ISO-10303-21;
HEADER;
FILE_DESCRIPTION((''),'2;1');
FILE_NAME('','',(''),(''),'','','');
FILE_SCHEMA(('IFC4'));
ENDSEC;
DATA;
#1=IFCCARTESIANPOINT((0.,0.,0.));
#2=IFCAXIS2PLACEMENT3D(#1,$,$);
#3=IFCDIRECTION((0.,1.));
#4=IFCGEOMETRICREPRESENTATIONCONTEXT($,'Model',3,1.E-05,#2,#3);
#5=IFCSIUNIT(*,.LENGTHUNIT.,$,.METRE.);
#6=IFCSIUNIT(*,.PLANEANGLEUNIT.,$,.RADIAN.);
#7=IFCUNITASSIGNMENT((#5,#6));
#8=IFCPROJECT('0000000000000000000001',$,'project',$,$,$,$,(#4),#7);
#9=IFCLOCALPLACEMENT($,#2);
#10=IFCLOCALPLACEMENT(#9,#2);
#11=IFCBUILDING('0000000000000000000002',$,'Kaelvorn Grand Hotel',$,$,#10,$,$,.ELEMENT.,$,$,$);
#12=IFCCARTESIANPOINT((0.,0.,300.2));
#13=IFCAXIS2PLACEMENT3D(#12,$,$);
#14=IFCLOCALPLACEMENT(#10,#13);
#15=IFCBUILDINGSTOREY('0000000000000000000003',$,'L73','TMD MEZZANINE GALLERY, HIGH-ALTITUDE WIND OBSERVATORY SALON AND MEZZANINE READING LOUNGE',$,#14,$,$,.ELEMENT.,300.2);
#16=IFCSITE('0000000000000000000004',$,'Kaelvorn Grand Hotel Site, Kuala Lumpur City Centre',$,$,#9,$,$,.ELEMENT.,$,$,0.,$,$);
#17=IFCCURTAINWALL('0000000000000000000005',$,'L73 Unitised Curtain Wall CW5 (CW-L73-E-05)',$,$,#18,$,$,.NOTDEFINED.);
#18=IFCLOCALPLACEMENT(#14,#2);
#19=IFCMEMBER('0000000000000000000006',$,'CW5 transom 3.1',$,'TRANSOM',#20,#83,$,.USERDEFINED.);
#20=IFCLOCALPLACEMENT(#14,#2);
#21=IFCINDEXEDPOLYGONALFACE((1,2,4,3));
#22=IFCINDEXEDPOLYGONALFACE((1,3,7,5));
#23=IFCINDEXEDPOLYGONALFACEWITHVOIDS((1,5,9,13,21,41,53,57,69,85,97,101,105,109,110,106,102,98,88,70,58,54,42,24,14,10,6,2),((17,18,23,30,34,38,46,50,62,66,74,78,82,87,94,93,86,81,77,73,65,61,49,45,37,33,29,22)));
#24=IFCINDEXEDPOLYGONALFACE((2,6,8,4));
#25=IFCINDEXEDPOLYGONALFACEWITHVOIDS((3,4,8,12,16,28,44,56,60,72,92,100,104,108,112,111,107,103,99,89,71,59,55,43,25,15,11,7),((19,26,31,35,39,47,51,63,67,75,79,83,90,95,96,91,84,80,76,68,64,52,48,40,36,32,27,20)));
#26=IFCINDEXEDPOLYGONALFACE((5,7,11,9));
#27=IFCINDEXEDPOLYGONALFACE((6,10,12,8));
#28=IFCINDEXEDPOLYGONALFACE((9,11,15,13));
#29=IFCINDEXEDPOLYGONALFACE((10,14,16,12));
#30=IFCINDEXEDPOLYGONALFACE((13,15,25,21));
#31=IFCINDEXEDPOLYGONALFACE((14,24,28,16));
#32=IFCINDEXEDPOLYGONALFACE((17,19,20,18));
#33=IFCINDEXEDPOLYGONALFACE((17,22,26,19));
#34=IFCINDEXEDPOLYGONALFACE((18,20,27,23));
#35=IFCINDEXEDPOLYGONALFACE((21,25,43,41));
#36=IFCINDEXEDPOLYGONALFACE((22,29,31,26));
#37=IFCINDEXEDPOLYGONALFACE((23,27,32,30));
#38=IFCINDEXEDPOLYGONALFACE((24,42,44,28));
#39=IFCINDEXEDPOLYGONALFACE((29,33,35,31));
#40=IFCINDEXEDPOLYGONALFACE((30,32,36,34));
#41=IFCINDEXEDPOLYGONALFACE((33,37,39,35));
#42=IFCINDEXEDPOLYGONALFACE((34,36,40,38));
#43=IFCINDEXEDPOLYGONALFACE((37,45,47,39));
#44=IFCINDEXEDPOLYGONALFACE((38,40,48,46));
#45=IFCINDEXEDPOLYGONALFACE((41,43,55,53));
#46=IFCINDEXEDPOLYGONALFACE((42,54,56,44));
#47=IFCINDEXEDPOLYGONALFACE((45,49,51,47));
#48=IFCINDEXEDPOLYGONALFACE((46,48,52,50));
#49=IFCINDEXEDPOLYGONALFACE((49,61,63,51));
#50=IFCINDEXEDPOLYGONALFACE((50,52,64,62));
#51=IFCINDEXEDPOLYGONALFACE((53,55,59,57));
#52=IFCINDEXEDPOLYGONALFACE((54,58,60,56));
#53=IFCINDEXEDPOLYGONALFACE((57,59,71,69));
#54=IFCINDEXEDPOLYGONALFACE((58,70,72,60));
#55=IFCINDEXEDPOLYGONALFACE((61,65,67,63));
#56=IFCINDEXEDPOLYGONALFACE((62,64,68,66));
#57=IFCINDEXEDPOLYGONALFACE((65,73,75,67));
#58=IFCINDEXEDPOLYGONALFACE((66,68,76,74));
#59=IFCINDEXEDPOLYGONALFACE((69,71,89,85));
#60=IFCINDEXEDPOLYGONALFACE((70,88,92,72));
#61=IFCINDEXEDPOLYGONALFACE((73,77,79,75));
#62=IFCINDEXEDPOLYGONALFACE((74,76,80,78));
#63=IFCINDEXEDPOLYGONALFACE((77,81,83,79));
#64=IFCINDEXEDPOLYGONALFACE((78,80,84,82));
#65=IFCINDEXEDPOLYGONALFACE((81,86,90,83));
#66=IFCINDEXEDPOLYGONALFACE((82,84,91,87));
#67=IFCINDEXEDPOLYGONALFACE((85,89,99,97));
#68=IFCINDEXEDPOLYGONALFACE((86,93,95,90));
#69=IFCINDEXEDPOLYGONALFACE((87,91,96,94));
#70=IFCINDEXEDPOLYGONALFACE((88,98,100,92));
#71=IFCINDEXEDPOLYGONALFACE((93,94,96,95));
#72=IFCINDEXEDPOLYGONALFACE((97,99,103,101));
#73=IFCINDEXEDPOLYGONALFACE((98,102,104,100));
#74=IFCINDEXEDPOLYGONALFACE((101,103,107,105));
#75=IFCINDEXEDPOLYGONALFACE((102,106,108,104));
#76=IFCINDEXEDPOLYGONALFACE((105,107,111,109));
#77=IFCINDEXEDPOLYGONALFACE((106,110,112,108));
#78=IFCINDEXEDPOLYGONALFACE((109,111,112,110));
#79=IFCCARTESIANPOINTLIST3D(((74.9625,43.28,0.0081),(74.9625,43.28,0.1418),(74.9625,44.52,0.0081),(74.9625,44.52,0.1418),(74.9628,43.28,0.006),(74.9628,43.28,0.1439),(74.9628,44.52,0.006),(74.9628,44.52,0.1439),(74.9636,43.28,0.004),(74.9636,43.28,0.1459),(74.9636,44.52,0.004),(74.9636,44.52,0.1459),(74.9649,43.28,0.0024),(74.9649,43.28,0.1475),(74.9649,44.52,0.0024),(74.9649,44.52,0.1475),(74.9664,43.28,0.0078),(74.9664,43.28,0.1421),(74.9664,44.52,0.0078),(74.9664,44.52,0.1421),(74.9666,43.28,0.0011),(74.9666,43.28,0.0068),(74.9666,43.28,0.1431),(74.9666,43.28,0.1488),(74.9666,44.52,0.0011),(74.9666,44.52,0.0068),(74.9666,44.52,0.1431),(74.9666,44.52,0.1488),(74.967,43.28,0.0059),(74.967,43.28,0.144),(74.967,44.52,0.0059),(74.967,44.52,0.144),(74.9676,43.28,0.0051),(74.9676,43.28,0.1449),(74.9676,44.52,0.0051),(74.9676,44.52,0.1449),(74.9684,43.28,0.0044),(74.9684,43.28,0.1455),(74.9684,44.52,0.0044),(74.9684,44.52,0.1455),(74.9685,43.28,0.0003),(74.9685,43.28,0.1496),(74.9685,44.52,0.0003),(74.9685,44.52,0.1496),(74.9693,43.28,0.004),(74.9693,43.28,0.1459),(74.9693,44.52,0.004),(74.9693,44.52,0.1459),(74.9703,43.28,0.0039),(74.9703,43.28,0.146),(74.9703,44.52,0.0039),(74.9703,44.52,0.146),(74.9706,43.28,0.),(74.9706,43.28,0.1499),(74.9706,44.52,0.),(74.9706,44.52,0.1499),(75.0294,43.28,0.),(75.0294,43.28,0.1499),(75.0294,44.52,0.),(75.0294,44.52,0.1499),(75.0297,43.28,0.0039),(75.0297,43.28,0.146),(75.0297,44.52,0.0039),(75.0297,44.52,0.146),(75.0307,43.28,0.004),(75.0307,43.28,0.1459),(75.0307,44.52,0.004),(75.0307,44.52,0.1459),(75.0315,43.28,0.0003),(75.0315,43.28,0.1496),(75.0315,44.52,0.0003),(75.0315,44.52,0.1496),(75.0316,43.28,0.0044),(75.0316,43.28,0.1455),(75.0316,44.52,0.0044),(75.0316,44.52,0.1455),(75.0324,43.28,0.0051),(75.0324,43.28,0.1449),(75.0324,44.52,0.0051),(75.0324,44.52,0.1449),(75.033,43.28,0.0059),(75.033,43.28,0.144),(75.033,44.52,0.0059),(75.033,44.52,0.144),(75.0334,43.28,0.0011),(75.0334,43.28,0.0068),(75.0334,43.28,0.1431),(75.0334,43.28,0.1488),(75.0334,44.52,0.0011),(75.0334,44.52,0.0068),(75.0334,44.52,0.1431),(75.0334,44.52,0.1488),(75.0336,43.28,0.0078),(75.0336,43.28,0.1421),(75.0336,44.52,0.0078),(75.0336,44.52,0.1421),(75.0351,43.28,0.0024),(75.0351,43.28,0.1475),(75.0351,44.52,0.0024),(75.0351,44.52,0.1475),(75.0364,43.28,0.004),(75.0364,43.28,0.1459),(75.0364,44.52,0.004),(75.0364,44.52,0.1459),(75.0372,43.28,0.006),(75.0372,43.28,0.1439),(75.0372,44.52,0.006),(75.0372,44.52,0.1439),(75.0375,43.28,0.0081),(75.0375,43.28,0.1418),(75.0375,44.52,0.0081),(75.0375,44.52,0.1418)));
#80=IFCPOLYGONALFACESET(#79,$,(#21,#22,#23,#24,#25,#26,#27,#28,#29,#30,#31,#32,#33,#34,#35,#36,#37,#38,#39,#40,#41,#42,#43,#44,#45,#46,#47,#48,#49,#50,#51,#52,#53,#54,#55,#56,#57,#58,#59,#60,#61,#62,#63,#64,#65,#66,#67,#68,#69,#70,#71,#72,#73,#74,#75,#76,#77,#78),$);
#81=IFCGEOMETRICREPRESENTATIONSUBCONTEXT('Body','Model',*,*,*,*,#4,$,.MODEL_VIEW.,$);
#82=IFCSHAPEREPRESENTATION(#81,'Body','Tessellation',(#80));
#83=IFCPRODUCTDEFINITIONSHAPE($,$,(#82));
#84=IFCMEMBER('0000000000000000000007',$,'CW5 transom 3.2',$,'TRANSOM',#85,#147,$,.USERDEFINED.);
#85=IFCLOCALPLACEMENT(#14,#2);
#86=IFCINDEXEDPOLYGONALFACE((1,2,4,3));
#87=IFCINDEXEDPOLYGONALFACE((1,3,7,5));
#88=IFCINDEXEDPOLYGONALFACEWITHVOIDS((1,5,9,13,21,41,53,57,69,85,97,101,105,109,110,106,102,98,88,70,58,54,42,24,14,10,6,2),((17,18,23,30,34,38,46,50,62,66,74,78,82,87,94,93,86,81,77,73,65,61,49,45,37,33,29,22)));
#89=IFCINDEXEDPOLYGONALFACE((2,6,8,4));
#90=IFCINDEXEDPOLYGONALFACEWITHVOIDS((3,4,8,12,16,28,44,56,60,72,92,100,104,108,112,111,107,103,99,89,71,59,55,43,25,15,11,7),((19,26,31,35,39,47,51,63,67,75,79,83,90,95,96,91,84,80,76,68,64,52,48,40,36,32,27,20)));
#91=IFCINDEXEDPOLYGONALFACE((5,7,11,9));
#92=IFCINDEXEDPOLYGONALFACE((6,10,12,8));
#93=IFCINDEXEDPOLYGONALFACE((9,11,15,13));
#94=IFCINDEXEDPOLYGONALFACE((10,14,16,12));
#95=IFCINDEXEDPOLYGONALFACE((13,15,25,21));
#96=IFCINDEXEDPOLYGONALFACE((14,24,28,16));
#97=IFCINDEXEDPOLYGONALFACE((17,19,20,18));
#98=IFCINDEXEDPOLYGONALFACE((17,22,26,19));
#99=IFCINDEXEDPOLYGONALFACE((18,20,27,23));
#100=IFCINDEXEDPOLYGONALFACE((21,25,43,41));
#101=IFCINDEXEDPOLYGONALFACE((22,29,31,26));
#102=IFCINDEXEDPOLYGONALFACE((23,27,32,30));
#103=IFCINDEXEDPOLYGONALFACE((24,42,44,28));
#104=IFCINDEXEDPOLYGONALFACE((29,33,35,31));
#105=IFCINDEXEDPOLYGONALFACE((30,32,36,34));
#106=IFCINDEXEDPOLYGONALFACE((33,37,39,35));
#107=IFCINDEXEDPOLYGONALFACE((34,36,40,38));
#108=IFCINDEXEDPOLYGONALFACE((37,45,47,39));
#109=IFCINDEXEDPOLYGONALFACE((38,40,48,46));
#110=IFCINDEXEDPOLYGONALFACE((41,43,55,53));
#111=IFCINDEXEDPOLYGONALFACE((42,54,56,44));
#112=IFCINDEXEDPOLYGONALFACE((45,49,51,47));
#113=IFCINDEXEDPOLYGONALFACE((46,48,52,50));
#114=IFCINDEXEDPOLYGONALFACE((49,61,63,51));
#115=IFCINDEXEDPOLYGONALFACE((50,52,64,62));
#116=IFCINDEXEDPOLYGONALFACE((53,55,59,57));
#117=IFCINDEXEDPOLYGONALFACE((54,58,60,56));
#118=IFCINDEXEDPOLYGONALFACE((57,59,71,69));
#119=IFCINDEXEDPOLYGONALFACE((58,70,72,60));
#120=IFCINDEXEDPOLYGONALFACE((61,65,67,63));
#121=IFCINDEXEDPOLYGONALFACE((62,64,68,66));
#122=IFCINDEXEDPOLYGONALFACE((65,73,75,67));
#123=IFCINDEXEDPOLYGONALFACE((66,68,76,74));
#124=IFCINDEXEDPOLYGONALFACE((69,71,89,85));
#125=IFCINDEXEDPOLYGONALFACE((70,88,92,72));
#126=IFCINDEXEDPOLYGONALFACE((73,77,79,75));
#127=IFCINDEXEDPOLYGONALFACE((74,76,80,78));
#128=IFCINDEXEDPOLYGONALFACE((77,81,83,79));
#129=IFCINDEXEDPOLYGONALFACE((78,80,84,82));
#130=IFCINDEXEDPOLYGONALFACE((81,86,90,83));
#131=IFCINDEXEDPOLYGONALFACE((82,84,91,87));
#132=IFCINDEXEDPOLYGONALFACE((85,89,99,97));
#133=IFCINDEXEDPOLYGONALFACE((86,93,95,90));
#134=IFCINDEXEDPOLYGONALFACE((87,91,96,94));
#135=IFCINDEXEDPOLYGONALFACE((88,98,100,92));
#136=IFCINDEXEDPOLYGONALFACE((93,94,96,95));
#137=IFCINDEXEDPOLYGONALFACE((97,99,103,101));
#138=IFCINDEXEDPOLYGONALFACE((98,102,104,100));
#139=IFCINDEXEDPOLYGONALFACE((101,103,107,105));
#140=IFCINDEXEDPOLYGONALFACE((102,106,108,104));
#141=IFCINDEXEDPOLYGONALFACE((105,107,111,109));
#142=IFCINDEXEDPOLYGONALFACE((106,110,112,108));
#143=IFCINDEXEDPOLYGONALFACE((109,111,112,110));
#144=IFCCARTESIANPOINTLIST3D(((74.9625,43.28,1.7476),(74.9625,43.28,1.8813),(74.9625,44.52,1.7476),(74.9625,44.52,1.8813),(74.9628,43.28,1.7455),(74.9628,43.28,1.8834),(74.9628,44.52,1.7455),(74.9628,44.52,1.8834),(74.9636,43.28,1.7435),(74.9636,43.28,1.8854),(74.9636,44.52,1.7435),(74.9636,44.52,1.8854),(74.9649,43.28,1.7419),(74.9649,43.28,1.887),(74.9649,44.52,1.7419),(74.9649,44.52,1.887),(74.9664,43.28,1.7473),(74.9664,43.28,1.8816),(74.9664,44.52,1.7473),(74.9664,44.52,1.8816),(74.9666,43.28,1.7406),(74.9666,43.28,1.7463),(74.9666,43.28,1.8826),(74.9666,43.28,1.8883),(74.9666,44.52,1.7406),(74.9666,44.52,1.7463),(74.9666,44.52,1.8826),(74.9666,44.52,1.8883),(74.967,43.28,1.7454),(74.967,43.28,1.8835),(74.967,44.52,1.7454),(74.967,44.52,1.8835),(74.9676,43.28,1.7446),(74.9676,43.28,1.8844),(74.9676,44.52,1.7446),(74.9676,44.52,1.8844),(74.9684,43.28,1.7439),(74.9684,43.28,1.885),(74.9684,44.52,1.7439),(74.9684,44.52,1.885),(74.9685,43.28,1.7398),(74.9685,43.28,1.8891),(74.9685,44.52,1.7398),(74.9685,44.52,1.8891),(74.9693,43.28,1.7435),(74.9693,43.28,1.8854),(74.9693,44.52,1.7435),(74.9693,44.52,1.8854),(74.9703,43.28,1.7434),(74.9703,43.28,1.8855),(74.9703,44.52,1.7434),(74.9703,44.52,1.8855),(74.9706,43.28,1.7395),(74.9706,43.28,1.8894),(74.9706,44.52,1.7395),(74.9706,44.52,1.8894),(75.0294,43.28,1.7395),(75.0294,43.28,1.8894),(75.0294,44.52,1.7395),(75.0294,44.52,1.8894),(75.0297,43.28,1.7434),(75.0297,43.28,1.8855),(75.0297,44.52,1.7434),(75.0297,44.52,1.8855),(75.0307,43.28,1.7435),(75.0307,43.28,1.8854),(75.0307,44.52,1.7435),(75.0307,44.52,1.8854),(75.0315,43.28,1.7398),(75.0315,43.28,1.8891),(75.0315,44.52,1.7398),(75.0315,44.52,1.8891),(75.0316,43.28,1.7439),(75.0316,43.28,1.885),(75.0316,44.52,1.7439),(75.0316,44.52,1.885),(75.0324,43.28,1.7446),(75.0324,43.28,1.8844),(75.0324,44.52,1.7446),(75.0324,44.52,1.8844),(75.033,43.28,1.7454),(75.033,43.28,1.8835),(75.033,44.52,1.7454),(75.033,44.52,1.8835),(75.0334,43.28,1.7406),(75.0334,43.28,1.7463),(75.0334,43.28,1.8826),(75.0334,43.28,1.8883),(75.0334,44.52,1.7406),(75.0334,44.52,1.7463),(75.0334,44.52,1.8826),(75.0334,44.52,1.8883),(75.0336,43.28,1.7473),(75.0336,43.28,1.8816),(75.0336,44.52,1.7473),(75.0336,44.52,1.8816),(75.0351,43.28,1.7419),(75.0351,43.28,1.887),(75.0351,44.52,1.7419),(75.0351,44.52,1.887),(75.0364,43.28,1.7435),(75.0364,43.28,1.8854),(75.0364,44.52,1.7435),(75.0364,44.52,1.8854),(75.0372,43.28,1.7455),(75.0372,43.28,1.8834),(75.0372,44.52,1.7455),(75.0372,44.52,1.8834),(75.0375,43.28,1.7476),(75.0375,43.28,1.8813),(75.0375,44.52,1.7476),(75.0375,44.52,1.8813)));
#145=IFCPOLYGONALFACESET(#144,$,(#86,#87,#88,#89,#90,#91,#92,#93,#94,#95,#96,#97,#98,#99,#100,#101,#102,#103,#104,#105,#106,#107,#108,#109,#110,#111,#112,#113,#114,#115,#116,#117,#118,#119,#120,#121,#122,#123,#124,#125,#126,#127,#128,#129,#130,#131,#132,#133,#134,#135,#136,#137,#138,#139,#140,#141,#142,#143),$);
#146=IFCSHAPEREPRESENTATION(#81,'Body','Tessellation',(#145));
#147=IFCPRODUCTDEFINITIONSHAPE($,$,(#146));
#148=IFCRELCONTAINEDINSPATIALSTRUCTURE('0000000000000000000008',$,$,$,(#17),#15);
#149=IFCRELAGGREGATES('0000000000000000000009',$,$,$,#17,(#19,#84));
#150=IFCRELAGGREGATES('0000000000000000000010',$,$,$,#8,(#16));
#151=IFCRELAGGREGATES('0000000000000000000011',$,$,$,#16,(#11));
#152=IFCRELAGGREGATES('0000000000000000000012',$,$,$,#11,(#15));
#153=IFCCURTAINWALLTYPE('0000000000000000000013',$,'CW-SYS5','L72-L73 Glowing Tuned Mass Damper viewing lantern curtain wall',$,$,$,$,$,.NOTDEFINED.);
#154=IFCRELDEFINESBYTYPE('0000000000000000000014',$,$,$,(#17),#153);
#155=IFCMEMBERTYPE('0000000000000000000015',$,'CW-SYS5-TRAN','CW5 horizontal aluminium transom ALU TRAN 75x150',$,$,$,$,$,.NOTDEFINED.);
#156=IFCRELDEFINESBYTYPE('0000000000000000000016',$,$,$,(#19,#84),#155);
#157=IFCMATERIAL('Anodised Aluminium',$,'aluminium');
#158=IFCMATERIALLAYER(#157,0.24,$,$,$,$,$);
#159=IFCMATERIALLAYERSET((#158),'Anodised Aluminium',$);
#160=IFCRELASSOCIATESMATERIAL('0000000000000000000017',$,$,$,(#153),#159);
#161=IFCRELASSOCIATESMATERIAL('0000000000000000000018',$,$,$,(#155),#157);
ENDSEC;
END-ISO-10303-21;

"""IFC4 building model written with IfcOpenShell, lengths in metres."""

from ifc_helpers import new_model, si_unit, direction, frame, origin, origin_2d, place, context, subcontext, project, spatial, hollow_rectangle, extrude, material, layer, layer_set, material_profile, profile_set, type_object, element, aggregate, save


model = new_model("IFC4")

# Units and contexts
model_context = context("Model", 3, precision=1e-05, world=origin(), true_north=direction((0.0, 1.0)))
body_context = subcontext(model_context, "Body", "Model", "MODEL_VIEW")
ifc_project = project(units=[si_unit("LENGTHUNIT", "METRE"), si_unit("PLANEANGLEUNIT", "RADIAN")], contexts=[model_context])

# Site, building, storey
site_placement = place(None, origin())
site = spatial("IfcSite", under=ifc_project, at=site_placement, Name="Kaelvorn Grand Hotel Site, Kuala Lumpur City Centre", CompositionType="ELEMENT", RefElevation=0.0)
building_placement = place(site_placement, origin())
building = spatial("IfcBuilding", under=site, at=building_placement, Name="Kaelvorn Grand Hotel", CompositionType="ELEMENT")
storey_placement = place(building_placement, frame((0.0, 0.0, 300.2)))
storey = spatial("IfcBuildingStorey", under=building, at=storey_placement, Name="L73", Description="TMD MEZZANINE GALLERY, HIGH-ALTITUDE WIND OBSERVATORY SALON AND MEZZANINE READING LOUNGE", CompositionType="ELEMENT", Elevation=300.2)

# Curtain wall, members
ifc_material_1 = material(Name="Anodised Aluminium", Category="aluminium")
ifc_layer_1 = layer(ifc_material_1, 0.24)
ifc_layer_set_1 = layer_set([ifc_layer_1], Name="Anodised Aluminium")
curtain_wall_type = type_object("IfcCurtainWallType", Name="CW-SYS5", Description="L72-L73 Glowing Tuned Mass Damper viewing lantern curtain wall", PredefinedType="NOTDEFINED", material=ifc_layer_set_1)
curtain_wall_placement = place(storey_placement, origin())
curtain_wall = element("IfcCurtainWall", 1, at=curtain_wall_placement, inside=storey, type_object=curtain_wall_type, Name="L73 Unitised Curtain Wall CW5 (CW-L73-E-05)", PredefinedType="NOTDEFINED")
ifc_material_profile_1 = material_profile(ifc_material_1, hollow_rectangle(XDim=0.075, YDim=0.1499, WallThickness=0.0039, InnerFilletRadius=0.0039, OuterFilletRadius=0.0081, at=origin_2d()), Name="ALU TRAN 75x150")
ifc_profile_set_1 = profile_set([ifc_material_profile_1], Name="Anodised Aluminium")
member_type_1 = type_object("IfcMemberType", Name="CW-SYS5-TRAN", Description="CW5 horizontal aluminium transom ALU TRAN 75x150", PredefinedType="NOTDEFINED", material=ifc_profile_set_1)
member_1_placement = place(storey_placement, frame((75.0, 43.28, 0.075), z_axis=(0.0, 1.0, 0.0), x_axis=(-1.0, 0.0, 0.0)))
member_1 = element("IfcMember", 2, at=member_1_placement, type_object=member_type_1, Name="CW5 transom 3.1", ObjectType="TRANSOM", PredefinedType="USERDEFINED", context=body_context, shape_type="SweptSolid", body=[
    extrude(hollow_rectangle(XDim=0.075, YDim=0.1499, WallThickness=0.0039, InnerFilletRadius=0.0039, OuterFilletRadius=0.0081, at=origin_2d()), origin(), (0.0, 0.0, 1.0), 1.24),
])
member_2_placement = place(storey_placement, frame((75.0, 43.28, 1.8145), z_axis=(0.0, 1.0, 0.0), x_axis=(-1.0, 0.0, 0.0)))
member_2 = element("IfcMember", 3, at=member_2_placement, type_object=member_type_1, Name="CW5 transom 3.2", ObjectType="TRANSOM", PredefinedType="USERDEFINED", context=body_context, shape_type="SweptSolid", body=[
    extrude(hollow_rectangle(XDim=0.075, YDim=0.1499, WallThickness=0.0039, InnerFilletRadius=0.0039, OuterFilletRadius=0.0081, at=origin_2d()), origin(), (0.0, 0.0, 1.0), 1.24),
])
aggregate(curtain_wall, [member_1, member_2])

save(model, "model.ifc")
